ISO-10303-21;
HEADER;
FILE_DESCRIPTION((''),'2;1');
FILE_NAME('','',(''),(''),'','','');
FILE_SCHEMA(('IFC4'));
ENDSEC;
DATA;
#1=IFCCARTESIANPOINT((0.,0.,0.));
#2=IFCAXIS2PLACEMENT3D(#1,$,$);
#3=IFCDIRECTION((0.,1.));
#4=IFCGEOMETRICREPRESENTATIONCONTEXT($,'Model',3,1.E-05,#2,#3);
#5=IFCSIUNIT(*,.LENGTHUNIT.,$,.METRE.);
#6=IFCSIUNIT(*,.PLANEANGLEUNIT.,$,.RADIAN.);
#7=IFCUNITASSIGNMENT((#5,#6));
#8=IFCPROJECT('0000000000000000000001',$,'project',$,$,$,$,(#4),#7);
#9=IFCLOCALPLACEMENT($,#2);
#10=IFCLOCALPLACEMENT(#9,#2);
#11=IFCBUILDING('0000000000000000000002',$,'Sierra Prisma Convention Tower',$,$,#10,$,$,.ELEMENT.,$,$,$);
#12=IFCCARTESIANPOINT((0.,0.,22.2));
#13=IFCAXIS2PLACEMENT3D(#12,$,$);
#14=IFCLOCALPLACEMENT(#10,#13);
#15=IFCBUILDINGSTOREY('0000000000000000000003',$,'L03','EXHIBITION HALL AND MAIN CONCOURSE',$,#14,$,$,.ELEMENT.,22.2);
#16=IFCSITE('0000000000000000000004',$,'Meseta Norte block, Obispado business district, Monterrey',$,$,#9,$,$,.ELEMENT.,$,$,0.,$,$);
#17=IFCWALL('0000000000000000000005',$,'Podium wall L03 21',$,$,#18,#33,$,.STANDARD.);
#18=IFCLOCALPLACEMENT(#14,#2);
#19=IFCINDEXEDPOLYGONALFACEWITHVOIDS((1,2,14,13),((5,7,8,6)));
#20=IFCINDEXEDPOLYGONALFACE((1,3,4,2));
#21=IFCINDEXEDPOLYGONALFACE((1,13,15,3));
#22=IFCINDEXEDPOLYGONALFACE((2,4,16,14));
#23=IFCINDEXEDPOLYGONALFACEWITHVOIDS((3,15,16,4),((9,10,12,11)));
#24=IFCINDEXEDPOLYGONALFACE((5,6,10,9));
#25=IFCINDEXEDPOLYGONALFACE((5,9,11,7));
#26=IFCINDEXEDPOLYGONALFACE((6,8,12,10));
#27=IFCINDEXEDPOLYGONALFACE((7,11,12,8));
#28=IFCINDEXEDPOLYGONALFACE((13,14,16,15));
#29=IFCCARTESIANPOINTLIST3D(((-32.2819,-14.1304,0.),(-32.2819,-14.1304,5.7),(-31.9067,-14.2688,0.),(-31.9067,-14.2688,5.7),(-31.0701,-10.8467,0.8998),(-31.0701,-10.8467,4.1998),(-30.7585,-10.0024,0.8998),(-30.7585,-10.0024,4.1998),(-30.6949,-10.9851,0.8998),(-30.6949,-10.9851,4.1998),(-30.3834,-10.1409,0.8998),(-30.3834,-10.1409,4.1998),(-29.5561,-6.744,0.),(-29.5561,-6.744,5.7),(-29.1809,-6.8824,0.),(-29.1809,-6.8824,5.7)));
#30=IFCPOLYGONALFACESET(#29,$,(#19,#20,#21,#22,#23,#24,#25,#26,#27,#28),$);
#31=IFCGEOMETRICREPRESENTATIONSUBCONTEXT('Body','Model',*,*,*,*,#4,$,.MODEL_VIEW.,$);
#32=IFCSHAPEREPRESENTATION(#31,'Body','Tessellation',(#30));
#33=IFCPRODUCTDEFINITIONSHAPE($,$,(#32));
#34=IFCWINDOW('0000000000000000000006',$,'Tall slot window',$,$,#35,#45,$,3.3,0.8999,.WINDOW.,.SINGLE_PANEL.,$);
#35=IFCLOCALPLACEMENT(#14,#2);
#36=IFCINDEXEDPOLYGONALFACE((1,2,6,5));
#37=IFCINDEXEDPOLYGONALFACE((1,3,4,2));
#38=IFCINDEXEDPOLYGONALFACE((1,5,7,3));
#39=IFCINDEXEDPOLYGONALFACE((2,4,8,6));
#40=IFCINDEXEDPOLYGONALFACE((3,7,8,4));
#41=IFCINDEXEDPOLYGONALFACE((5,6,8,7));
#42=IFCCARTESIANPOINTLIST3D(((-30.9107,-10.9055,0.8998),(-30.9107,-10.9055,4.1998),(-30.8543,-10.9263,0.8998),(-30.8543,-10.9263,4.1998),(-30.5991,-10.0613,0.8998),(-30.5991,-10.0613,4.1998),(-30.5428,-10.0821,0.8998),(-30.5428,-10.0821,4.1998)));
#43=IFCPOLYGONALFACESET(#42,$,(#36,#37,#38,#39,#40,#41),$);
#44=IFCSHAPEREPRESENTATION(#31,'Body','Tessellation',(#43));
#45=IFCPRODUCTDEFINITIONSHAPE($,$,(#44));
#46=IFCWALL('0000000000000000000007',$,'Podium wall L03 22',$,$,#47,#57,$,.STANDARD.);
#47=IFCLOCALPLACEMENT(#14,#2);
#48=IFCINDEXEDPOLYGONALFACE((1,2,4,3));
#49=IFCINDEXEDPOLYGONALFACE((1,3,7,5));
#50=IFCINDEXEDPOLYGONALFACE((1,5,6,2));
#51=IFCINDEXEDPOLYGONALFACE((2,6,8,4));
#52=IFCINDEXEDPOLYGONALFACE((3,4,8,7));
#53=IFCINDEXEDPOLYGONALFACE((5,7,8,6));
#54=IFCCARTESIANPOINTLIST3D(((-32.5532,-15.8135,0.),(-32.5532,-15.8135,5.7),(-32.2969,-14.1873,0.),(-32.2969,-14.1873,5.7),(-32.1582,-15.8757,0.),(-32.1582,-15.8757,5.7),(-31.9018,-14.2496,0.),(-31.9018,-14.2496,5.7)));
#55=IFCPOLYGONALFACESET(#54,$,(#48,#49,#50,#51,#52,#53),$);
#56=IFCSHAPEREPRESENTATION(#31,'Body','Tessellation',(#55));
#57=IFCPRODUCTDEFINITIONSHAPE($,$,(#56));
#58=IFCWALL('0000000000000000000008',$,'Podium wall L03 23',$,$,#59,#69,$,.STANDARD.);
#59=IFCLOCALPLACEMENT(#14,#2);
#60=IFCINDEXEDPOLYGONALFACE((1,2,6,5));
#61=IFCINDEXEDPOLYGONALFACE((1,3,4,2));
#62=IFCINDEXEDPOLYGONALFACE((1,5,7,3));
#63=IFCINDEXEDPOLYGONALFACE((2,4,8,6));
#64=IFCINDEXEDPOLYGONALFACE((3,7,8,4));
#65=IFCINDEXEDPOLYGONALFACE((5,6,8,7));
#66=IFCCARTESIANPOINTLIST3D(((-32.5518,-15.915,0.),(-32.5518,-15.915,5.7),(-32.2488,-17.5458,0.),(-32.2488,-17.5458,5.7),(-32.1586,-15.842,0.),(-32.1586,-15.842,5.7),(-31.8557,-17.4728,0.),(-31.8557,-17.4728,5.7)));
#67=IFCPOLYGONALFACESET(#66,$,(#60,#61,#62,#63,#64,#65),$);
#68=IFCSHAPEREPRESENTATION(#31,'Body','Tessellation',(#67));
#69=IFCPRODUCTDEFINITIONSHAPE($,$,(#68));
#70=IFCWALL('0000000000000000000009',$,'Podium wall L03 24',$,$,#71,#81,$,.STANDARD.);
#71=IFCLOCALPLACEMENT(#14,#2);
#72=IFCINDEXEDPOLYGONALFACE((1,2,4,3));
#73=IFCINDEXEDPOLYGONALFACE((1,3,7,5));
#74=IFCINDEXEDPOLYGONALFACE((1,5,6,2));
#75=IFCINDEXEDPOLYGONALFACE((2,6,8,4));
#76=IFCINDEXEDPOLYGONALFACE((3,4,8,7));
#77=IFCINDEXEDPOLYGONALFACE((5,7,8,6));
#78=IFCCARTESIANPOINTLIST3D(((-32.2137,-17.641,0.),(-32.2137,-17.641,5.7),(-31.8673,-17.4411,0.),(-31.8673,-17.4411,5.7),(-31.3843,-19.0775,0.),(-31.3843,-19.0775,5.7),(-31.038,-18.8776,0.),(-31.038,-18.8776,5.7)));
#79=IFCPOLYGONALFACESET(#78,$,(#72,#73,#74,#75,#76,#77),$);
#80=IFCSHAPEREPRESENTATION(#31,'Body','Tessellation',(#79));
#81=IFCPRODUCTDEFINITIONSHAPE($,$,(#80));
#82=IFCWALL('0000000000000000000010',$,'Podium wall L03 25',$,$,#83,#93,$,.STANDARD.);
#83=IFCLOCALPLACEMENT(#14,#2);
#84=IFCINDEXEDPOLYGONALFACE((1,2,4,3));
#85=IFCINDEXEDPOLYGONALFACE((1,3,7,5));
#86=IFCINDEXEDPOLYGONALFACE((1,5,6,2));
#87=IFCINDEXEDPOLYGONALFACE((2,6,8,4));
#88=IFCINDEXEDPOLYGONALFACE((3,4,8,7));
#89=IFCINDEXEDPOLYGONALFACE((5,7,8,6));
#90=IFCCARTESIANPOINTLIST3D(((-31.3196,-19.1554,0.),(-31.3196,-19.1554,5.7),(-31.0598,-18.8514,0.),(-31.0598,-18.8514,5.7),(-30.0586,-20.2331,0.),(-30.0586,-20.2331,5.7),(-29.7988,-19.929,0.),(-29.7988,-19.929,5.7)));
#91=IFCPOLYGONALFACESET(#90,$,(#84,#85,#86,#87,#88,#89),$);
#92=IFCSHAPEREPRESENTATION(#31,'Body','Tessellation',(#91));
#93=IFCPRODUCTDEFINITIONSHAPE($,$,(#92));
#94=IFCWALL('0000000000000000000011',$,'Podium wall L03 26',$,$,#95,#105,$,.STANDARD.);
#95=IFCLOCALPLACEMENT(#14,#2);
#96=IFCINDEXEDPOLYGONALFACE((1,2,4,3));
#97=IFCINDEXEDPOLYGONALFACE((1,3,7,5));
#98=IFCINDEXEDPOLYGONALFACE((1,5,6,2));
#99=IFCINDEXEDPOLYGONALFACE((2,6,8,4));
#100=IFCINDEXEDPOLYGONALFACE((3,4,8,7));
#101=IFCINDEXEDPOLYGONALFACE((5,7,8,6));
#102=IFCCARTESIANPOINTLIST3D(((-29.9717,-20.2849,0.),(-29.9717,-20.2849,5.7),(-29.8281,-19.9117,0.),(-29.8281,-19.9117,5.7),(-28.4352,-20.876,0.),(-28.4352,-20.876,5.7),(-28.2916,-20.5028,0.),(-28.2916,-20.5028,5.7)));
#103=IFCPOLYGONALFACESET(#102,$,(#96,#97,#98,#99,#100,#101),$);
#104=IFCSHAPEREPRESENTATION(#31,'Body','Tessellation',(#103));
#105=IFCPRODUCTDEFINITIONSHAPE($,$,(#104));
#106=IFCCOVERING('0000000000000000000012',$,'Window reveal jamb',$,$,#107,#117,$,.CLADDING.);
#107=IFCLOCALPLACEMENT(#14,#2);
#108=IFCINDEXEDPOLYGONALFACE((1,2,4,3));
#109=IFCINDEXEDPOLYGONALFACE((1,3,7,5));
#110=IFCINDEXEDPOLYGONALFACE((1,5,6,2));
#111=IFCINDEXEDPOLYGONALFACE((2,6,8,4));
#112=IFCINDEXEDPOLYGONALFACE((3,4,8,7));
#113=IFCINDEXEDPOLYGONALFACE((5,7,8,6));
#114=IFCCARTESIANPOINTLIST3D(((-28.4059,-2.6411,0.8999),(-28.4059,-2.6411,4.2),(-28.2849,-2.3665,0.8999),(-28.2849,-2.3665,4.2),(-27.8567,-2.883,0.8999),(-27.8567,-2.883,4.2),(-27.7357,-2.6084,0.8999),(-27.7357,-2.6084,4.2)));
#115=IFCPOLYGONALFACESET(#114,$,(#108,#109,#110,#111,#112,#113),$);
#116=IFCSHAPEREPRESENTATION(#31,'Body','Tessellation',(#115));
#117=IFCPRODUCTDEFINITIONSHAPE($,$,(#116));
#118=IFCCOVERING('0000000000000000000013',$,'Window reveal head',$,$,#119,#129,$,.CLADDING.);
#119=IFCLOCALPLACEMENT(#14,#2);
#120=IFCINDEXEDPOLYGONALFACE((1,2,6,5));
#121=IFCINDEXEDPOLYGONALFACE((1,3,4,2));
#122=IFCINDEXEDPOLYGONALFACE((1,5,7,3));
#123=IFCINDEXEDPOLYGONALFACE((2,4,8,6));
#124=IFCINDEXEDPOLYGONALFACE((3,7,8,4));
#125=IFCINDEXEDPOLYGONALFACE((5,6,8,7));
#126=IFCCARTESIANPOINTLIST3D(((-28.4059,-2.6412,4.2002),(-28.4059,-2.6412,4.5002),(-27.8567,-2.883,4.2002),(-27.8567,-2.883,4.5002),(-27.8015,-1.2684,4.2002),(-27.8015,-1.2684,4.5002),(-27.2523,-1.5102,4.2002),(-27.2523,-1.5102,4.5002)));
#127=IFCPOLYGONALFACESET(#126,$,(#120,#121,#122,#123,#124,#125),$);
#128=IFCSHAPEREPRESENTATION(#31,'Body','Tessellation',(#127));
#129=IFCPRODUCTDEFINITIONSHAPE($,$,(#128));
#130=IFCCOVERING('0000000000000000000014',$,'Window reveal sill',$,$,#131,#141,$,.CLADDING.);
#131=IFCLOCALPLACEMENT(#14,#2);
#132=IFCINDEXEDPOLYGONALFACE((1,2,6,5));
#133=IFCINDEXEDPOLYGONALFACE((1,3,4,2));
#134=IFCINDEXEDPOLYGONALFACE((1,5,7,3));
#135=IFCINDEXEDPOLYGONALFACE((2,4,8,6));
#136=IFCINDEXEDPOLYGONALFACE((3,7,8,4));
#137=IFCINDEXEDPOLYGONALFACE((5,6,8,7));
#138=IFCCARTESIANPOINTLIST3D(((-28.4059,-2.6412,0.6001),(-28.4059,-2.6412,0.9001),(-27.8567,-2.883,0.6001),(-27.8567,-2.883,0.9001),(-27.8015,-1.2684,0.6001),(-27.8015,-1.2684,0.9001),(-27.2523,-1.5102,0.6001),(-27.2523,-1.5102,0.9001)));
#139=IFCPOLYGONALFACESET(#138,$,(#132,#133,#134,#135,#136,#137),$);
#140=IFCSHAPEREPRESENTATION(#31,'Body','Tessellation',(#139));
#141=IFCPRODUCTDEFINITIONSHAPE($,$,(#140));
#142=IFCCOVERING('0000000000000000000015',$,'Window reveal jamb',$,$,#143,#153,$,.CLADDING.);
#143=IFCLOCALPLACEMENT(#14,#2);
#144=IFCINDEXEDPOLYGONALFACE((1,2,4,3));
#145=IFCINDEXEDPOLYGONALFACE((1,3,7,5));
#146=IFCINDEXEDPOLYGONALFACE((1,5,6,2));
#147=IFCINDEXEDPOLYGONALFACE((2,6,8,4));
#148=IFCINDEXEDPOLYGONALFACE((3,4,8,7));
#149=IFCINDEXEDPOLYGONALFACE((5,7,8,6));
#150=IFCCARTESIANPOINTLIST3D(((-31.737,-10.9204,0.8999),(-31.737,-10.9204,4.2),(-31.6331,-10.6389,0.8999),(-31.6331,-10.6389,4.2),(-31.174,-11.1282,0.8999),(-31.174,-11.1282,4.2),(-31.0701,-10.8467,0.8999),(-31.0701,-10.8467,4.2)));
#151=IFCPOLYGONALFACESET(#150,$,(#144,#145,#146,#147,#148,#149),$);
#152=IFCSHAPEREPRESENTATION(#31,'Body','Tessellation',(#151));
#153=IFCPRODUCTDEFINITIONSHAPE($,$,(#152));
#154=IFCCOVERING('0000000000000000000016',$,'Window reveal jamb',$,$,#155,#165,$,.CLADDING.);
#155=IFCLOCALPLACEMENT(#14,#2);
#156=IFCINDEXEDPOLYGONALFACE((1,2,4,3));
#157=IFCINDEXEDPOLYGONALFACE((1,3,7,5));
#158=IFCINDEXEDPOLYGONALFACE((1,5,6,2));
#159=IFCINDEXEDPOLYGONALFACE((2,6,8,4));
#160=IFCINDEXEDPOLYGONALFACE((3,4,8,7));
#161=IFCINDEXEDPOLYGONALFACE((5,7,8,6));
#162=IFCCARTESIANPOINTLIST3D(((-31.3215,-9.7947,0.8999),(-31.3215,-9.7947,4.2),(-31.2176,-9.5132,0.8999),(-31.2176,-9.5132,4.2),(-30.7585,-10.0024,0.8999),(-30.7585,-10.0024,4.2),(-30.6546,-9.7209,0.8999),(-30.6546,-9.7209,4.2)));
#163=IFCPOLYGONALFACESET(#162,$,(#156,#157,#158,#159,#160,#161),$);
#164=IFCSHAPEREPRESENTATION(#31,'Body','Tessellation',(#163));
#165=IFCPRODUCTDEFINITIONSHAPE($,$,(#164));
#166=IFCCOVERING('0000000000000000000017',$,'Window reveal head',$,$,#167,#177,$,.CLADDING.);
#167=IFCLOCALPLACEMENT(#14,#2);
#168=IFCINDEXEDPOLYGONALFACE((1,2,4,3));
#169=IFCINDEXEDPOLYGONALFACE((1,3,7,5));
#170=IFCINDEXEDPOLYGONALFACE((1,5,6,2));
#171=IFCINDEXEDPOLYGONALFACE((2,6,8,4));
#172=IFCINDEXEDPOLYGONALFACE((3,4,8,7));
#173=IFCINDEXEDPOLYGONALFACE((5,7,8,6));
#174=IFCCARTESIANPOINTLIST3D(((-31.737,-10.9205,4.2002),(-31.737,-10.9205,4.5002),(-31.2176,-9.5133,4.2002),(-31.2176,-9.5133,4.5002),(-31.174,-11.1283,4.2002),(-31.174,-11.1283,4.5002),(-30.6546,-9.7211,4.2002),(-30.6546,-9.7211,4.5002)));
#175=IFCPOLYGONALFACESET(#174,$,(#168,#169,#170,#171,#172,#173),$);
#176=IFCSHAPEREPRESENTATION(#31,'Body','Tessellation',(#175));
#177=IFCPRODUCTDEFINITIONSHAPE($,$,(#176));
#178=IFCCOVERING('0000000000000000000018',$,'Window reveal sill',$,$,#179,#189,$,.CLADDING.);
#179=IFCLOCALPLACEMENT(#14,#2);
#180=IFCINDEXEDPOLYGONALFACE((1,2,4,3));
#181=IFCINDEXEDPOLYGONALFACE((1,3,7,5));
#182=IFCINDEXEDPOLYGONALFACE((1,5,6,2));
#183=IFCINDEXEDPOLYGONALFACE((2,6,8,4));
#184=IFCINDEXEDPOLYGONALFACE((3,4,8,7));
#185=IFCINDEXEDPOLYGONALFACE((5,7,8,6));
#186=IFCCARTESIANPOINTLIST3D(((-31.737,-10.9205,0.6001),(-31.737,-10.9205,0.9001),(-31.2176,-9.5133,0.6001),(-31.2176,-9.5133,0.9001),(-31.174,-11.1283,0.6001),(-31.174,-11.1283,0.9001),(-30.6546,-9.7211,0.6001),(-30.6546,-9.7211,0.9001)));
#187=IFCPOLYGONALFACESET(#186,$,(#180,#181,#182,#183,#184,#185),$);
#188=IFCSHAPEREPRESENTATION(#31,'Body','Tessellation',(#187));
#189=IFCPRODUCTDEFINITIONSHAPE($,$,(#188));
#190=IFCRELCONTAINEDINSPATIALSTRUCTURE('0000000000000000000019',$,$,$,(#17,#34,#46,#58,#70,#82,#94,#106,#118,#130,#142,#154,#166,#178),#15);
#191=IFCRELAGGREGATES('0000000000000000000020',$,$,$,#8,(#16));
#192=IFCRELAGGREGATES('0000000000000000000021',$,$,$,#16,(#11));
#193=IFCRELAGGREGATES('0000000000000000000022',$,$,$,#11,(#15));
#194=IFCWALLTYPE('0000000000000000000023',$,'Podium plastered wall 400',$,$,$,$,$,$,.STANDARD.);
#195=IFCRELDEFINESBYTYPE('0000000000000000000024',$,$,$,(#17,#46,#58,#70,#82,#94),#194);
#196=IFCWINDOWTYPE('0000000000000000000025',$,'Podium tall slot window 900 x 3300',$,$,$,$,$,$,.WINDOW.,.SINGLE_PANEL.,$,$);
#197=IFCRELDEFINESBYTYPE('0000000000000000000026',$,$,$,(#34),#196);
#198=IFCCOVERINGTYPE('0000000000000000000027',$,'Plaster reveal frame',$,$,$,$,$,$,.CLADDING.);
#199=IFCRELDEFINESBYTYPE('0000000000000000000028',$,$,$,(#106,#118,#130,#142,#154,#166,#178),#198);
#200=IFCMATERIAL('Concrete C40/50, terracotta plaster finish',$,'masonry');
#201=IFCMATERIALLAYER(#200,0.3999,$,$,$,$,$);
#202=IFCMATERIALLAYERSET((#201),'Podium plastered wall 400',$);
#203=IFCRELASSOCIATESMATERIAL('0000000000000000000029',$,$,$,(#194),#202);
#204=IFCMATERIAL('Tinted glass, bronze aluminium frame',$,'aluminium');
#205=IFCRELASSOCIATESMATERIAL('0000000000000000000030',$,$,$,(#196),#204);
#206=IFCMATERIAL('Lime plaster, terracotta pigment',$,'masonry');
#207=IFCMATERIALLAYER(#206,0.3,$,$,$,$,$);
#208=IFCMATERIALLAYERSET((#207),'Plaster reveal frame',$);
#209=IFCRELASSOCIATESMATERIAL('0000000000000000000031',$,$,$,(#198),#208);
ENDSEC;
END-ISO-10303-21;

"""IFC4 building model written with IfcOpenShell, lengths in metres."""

from ifc_helpers import new_model, si_unit, direction, frame, frame_2d, origin, origin_2d, place, context, subcontext, project, spatial, rectangle, extrude, material, layer, layer_set, type_object, element, fill, save


model = new_model("IFC4")

# Units and contexts
model_context = context("Model", 3, precision=1e-05, world=origin(), true_north=direction((0.0, 1.0)))
body_context = subcontext(model_context, "Body", "Model", "MODEL_VIEW")
ifc_project = project(units=[si_unit("LENGTHUNIT", "METRE"), si_unit("PLANEANGLEUNIT", "RADIAN")], contexts=[model_context])

# Site, building, storey
site_placement = place(None, origin())
site = spatial("IfcSite", under=ifc_project, at=site_placement, Name="Meseta Norte block, Obispado business district, Monterrey", CompositionType="ELEMENT", RefElevation=0.0)
building_placement = place(site_placement, origin())
building = spatial("IfcBuilding", under=site, at=building_placement, Name="Sierra Prisma Convention Tower", CompositionType="ELEMENT")
storey_placement = place(building_placement, frame((0.0, 0.0, 22.2)))
storey = spatial("IfcBuildingStorey", under=building, at=storey_placement, Name="L03", Description="EXHIBITION HALL AND MAIN CONCOURSE", CompositionType="ELEMENT", Elevation=22.2)

# Wall, opening, window
ifc_material_1 = material(Name="Concrete C40/50, terracotta plaster finish", Category="masonry")
ifc_layer_1 = layer(ifc_material_1, 0.3999)
ifc_layer_set_1 = layer_set([ifc_layer_1], Name="Podium plastered wall 400")
wall_type = type_object("IfcWallType", Name="Podium plastered wall 400", PredefinedType="STANDARD", material=ifc_layer_set_1)
ifc_material_2 = material(Name="Tinted glass, bronze aluminium frame", Category="aluminium")
window_type = type_object("IfcWindowType", Name="Podium tall slot window 900 x 3300", PartitioningType="SINGLE_PANEL", PredefinedType="WINDOW", material=ifc_material_2)
wall_1_placement = place(storey_placement, frame((-32.0942, -14.1995, 0.0), z_axis=(0.0, 0.0, 1.0), x_axis=(0.346208, 0.938158, 0.0)))
wall_1 = element("IfcWall", 1, at=wall_1_placement, inside=storey, type_object=wall_type, Name="Podium wall L03 21", PredefinedType="STANDARD", context=body_context, shape_type="SweptSolid", body=[
    extrude(rectangle(XDim=7.8733, YDim=0.3999, at=frame_2d((3.9365, 0.0))), origin(), (0.0, 0.0, 1.0), 5.7),
])
opening_1_placement = place(wall_1_placement, frame((3.5, 0.0, 0.8999)))
opening_1 = element("IfcOpeningElement", 2, at=opening_1_placement, cuts=wall_1, PredefinedType="OPENING", context=body_context, shape_type="SweptSolid", body=[
    extrude(rectangle(XDim=0.8999, YDim=3.3, at=frame_2d((0.45, 1.6499))), frame((0.0, 0.2, 0.0), z_axis=(0.0, -1.0, 0.0), x_axis=(1.0, 0.0, 0.0)), (0.0, 0.0, 1.0), 0.3999),
])
window_1_placement = place(opening_1_placement, origin())
window_1 = element("IfcWindow", 3, at=window_1_placement, inside=storey, type_object=window_type, Name="Tall slot window", OverallHeight=3.3, OverallWidth=0.8999, PartitioningType="SINGLE_PANEL", PredefinedType="WINDOW", context=body_context, shape_type="SweptSolid", body=[
    extrude(rectangle(XDim=0.8999, YDim=3.3, at=frame_2d((0.45, 1.6499))), frame((0.0, 0.03, 0.0), z_axis=(0.0, -1.0, 0.0), x_axis=(1.0, 0.0, 0.0)), (0.0, 0.0, 1.0), 0.0601),
])
fill(opening_1, window_1)

# Walls
wall_2_placement = place(storey_placement, frame((-32.3557, -15.8447, 0.0), z_axis=(0.0, 0.0, 1.0), x_axis=(0.155711, 0.987803, 0.0)))
element("IfcWall", 4, at=wall_2_placement, inside=storey, type_object=wall_type, Name="Podium wall L03 22", PredefinedType="STANDARD", context=body_context, shape_type="SweptSolid", body=[
    extrude(rectangle(XDim=1.6462, YDim=0.3999, at=frame_2d((0.8232, 0.0))), origin(), (0.0, 0.0, 1.0), 5.7),
])
for number, where, z_axis, x_axis, name in (
    (5, (-32.0522, -17.5093, 0.0), (0.0, 0.0, 1.0), (-0.182653, 0.983177, 0.0), "Podium wall L03 23"),
    (6, (-31.2112, -18.9775, 0.0), (0.0, 0.0, 1.0), (-0.499986, 0.866034, 0.0), "Podium wall L03 24"),
    (7, (-29.9287, -20.0811, 0.0), (0.0, 0.0, 1.0), (-0.760212, 0.649676, 0.0), "Podium wall L03 25"),
):
    element("IfcWall", number, at=place(storey_placement, frame(where, z_axis=z_axis, x_axis=x_axis)), inside=storey, type_object=wall_type, Name=name, PredefinedType="STANDARD", context=body_context, shape_type="SweptSolid", body=[
        extrude(rectangle(XDim=1.6587, YDim=0.3999, at=frame_2d((0.8293, 0.0))), origin(), (0.0, 0.0, 1.0), 5.7),
    ])
wall_3_placement = place(storey_placement, frame((-28.3633, -20.6895, 0.0), z_axis=(0.0, 0.0, 1.0), x_axis=(-0.933315, 0.359059, 0.0)))
element("IfcWall", 8, at=wall_3_placement, inside=storey, type_object=wall_type, Name="Podium wall L03 26", PredefinedType="STANDARD", context=body_context, shape_type="SweptSolid", body=[
    extrude(rectangle(XDim=1.6462, YDim=0.3999, at=frame_2d((0.8232, 0.0))), origin(), (0.0, 0.0, 1.0), 5.7),
])

# Coverings
ifc_material_3 = material(Name="Lime plaster, terracotta pigment", Category="masonry")
ifc_layer_2 = layer(ifc_material_3, 0.3)
ifc_layer_set_2 = layer_set([ifc_layer_2], Name="Plaster reveal frame")
covering_type = type_object("IfcCoveringType", Name="Plaster reveal frame", PredefinedType="CLADDING", material=ifc_layer_set_2)
covering_placement = place(storey_placement, frame((-28.0708, -2.6248, 0.8999), z_axis=(0.0, 0.0, 1.0), x_axis=(0.402986, 0.915206, 0.0)))
element("IfcCovering", 9, at=covering_placement, inside=storey, type_object=covering_type, Name="Window reveal jamb", PredefinedType="CLADDING", context=body_context, shape_type="SweptSolid", body=[
    extrude(rectangle(XDim=0.3, YDim=0.6001, at=origin_2d()), origin(), (0.0, 0.0, 1.0), 3.3),
])
for number, where, z_axis, x_axis, name in (
    (10, (-27.8291, -2.0757, 4.2002), (0.0, 0.0, 1.0), (0.402986, 0.915206, 0.0), "Window reveal head"),
    (11, (-27.8291, -2.0757, 0.6001), (0.0, 0.0, 1.0), (0.402986, 0.915206, 0.0), "Window reveal sill"),
):
    element("IfcCovering", number, at=place(storey_placement, frame(where, z_axis=z_axis, x_axis=x_axis)), inside=storey, type_object=covering_type, Name=name, PredefinedType="CLADDING", context=body_context, shape_type="SweptSolid", body=[
        extrude(rectangle(XDim=1.5, YDim=0.6001, at=origin_2d()), origin(), (0.0, 0.0, 1.0), 0.3),
    ])
for number, where, z_axis, x_axis, name in (
    (12, (-31.4036, -10.8835, 0.8999), (0.0, 0.0, 1.0), (0.346215, 0.938155, 0.0), "Window reveal jamb"),
    (13, (-30.988, -9.7578, 0.8999), (0.0, 0.0, 1.0), (0.346215, 0.938155, 0.0), "Window reveal jamb"),
):
    element("IfcCovering", number, at=place(storey_placement, frame(where, z_axis=z_axis, x_axis=x_axis)), inside=storey, type_object=covering_type, Name=name, PredefinedType="CLADDING", context=body_context, shape_type="SweptSolid", body=[
        extrude(rectangle(XDim=0.3, YDim=0.6001, at=origin_2d()), origin(), (0.0, 0.0, 1.0), 3.3),
    ])
for number, where, z_axis, x_axis, name in (
    (14, (-31.1958, -10.3208, 4.2002), (0.0, 0.0, 1.0), (0.346215, 0.938155, 0.0), "Window reveal head"),
    (15, (-31.1958, -10.3208, 0.6001), (0.0, 0.0, 1.0), (0.346215, 0.938155, 0.0), "Window reveal sill"),
):
    element("IfcCovering", number, at=place(storey_placement, frame(where, z_axis=z_axis, x_axis=x_axis)), inside=storey, type_object=covering_type, Name=name, PredefinedType="CLADDING", context=body_context, shape_type="SweptSolid", body=[
        extrude(rectangle(XDim=1.5, YDim=0.6001, at=origin_2d()), origin(), (0.0, 0.0, 1.0), 0.3),
    ])

save(model, "model.ifc")
